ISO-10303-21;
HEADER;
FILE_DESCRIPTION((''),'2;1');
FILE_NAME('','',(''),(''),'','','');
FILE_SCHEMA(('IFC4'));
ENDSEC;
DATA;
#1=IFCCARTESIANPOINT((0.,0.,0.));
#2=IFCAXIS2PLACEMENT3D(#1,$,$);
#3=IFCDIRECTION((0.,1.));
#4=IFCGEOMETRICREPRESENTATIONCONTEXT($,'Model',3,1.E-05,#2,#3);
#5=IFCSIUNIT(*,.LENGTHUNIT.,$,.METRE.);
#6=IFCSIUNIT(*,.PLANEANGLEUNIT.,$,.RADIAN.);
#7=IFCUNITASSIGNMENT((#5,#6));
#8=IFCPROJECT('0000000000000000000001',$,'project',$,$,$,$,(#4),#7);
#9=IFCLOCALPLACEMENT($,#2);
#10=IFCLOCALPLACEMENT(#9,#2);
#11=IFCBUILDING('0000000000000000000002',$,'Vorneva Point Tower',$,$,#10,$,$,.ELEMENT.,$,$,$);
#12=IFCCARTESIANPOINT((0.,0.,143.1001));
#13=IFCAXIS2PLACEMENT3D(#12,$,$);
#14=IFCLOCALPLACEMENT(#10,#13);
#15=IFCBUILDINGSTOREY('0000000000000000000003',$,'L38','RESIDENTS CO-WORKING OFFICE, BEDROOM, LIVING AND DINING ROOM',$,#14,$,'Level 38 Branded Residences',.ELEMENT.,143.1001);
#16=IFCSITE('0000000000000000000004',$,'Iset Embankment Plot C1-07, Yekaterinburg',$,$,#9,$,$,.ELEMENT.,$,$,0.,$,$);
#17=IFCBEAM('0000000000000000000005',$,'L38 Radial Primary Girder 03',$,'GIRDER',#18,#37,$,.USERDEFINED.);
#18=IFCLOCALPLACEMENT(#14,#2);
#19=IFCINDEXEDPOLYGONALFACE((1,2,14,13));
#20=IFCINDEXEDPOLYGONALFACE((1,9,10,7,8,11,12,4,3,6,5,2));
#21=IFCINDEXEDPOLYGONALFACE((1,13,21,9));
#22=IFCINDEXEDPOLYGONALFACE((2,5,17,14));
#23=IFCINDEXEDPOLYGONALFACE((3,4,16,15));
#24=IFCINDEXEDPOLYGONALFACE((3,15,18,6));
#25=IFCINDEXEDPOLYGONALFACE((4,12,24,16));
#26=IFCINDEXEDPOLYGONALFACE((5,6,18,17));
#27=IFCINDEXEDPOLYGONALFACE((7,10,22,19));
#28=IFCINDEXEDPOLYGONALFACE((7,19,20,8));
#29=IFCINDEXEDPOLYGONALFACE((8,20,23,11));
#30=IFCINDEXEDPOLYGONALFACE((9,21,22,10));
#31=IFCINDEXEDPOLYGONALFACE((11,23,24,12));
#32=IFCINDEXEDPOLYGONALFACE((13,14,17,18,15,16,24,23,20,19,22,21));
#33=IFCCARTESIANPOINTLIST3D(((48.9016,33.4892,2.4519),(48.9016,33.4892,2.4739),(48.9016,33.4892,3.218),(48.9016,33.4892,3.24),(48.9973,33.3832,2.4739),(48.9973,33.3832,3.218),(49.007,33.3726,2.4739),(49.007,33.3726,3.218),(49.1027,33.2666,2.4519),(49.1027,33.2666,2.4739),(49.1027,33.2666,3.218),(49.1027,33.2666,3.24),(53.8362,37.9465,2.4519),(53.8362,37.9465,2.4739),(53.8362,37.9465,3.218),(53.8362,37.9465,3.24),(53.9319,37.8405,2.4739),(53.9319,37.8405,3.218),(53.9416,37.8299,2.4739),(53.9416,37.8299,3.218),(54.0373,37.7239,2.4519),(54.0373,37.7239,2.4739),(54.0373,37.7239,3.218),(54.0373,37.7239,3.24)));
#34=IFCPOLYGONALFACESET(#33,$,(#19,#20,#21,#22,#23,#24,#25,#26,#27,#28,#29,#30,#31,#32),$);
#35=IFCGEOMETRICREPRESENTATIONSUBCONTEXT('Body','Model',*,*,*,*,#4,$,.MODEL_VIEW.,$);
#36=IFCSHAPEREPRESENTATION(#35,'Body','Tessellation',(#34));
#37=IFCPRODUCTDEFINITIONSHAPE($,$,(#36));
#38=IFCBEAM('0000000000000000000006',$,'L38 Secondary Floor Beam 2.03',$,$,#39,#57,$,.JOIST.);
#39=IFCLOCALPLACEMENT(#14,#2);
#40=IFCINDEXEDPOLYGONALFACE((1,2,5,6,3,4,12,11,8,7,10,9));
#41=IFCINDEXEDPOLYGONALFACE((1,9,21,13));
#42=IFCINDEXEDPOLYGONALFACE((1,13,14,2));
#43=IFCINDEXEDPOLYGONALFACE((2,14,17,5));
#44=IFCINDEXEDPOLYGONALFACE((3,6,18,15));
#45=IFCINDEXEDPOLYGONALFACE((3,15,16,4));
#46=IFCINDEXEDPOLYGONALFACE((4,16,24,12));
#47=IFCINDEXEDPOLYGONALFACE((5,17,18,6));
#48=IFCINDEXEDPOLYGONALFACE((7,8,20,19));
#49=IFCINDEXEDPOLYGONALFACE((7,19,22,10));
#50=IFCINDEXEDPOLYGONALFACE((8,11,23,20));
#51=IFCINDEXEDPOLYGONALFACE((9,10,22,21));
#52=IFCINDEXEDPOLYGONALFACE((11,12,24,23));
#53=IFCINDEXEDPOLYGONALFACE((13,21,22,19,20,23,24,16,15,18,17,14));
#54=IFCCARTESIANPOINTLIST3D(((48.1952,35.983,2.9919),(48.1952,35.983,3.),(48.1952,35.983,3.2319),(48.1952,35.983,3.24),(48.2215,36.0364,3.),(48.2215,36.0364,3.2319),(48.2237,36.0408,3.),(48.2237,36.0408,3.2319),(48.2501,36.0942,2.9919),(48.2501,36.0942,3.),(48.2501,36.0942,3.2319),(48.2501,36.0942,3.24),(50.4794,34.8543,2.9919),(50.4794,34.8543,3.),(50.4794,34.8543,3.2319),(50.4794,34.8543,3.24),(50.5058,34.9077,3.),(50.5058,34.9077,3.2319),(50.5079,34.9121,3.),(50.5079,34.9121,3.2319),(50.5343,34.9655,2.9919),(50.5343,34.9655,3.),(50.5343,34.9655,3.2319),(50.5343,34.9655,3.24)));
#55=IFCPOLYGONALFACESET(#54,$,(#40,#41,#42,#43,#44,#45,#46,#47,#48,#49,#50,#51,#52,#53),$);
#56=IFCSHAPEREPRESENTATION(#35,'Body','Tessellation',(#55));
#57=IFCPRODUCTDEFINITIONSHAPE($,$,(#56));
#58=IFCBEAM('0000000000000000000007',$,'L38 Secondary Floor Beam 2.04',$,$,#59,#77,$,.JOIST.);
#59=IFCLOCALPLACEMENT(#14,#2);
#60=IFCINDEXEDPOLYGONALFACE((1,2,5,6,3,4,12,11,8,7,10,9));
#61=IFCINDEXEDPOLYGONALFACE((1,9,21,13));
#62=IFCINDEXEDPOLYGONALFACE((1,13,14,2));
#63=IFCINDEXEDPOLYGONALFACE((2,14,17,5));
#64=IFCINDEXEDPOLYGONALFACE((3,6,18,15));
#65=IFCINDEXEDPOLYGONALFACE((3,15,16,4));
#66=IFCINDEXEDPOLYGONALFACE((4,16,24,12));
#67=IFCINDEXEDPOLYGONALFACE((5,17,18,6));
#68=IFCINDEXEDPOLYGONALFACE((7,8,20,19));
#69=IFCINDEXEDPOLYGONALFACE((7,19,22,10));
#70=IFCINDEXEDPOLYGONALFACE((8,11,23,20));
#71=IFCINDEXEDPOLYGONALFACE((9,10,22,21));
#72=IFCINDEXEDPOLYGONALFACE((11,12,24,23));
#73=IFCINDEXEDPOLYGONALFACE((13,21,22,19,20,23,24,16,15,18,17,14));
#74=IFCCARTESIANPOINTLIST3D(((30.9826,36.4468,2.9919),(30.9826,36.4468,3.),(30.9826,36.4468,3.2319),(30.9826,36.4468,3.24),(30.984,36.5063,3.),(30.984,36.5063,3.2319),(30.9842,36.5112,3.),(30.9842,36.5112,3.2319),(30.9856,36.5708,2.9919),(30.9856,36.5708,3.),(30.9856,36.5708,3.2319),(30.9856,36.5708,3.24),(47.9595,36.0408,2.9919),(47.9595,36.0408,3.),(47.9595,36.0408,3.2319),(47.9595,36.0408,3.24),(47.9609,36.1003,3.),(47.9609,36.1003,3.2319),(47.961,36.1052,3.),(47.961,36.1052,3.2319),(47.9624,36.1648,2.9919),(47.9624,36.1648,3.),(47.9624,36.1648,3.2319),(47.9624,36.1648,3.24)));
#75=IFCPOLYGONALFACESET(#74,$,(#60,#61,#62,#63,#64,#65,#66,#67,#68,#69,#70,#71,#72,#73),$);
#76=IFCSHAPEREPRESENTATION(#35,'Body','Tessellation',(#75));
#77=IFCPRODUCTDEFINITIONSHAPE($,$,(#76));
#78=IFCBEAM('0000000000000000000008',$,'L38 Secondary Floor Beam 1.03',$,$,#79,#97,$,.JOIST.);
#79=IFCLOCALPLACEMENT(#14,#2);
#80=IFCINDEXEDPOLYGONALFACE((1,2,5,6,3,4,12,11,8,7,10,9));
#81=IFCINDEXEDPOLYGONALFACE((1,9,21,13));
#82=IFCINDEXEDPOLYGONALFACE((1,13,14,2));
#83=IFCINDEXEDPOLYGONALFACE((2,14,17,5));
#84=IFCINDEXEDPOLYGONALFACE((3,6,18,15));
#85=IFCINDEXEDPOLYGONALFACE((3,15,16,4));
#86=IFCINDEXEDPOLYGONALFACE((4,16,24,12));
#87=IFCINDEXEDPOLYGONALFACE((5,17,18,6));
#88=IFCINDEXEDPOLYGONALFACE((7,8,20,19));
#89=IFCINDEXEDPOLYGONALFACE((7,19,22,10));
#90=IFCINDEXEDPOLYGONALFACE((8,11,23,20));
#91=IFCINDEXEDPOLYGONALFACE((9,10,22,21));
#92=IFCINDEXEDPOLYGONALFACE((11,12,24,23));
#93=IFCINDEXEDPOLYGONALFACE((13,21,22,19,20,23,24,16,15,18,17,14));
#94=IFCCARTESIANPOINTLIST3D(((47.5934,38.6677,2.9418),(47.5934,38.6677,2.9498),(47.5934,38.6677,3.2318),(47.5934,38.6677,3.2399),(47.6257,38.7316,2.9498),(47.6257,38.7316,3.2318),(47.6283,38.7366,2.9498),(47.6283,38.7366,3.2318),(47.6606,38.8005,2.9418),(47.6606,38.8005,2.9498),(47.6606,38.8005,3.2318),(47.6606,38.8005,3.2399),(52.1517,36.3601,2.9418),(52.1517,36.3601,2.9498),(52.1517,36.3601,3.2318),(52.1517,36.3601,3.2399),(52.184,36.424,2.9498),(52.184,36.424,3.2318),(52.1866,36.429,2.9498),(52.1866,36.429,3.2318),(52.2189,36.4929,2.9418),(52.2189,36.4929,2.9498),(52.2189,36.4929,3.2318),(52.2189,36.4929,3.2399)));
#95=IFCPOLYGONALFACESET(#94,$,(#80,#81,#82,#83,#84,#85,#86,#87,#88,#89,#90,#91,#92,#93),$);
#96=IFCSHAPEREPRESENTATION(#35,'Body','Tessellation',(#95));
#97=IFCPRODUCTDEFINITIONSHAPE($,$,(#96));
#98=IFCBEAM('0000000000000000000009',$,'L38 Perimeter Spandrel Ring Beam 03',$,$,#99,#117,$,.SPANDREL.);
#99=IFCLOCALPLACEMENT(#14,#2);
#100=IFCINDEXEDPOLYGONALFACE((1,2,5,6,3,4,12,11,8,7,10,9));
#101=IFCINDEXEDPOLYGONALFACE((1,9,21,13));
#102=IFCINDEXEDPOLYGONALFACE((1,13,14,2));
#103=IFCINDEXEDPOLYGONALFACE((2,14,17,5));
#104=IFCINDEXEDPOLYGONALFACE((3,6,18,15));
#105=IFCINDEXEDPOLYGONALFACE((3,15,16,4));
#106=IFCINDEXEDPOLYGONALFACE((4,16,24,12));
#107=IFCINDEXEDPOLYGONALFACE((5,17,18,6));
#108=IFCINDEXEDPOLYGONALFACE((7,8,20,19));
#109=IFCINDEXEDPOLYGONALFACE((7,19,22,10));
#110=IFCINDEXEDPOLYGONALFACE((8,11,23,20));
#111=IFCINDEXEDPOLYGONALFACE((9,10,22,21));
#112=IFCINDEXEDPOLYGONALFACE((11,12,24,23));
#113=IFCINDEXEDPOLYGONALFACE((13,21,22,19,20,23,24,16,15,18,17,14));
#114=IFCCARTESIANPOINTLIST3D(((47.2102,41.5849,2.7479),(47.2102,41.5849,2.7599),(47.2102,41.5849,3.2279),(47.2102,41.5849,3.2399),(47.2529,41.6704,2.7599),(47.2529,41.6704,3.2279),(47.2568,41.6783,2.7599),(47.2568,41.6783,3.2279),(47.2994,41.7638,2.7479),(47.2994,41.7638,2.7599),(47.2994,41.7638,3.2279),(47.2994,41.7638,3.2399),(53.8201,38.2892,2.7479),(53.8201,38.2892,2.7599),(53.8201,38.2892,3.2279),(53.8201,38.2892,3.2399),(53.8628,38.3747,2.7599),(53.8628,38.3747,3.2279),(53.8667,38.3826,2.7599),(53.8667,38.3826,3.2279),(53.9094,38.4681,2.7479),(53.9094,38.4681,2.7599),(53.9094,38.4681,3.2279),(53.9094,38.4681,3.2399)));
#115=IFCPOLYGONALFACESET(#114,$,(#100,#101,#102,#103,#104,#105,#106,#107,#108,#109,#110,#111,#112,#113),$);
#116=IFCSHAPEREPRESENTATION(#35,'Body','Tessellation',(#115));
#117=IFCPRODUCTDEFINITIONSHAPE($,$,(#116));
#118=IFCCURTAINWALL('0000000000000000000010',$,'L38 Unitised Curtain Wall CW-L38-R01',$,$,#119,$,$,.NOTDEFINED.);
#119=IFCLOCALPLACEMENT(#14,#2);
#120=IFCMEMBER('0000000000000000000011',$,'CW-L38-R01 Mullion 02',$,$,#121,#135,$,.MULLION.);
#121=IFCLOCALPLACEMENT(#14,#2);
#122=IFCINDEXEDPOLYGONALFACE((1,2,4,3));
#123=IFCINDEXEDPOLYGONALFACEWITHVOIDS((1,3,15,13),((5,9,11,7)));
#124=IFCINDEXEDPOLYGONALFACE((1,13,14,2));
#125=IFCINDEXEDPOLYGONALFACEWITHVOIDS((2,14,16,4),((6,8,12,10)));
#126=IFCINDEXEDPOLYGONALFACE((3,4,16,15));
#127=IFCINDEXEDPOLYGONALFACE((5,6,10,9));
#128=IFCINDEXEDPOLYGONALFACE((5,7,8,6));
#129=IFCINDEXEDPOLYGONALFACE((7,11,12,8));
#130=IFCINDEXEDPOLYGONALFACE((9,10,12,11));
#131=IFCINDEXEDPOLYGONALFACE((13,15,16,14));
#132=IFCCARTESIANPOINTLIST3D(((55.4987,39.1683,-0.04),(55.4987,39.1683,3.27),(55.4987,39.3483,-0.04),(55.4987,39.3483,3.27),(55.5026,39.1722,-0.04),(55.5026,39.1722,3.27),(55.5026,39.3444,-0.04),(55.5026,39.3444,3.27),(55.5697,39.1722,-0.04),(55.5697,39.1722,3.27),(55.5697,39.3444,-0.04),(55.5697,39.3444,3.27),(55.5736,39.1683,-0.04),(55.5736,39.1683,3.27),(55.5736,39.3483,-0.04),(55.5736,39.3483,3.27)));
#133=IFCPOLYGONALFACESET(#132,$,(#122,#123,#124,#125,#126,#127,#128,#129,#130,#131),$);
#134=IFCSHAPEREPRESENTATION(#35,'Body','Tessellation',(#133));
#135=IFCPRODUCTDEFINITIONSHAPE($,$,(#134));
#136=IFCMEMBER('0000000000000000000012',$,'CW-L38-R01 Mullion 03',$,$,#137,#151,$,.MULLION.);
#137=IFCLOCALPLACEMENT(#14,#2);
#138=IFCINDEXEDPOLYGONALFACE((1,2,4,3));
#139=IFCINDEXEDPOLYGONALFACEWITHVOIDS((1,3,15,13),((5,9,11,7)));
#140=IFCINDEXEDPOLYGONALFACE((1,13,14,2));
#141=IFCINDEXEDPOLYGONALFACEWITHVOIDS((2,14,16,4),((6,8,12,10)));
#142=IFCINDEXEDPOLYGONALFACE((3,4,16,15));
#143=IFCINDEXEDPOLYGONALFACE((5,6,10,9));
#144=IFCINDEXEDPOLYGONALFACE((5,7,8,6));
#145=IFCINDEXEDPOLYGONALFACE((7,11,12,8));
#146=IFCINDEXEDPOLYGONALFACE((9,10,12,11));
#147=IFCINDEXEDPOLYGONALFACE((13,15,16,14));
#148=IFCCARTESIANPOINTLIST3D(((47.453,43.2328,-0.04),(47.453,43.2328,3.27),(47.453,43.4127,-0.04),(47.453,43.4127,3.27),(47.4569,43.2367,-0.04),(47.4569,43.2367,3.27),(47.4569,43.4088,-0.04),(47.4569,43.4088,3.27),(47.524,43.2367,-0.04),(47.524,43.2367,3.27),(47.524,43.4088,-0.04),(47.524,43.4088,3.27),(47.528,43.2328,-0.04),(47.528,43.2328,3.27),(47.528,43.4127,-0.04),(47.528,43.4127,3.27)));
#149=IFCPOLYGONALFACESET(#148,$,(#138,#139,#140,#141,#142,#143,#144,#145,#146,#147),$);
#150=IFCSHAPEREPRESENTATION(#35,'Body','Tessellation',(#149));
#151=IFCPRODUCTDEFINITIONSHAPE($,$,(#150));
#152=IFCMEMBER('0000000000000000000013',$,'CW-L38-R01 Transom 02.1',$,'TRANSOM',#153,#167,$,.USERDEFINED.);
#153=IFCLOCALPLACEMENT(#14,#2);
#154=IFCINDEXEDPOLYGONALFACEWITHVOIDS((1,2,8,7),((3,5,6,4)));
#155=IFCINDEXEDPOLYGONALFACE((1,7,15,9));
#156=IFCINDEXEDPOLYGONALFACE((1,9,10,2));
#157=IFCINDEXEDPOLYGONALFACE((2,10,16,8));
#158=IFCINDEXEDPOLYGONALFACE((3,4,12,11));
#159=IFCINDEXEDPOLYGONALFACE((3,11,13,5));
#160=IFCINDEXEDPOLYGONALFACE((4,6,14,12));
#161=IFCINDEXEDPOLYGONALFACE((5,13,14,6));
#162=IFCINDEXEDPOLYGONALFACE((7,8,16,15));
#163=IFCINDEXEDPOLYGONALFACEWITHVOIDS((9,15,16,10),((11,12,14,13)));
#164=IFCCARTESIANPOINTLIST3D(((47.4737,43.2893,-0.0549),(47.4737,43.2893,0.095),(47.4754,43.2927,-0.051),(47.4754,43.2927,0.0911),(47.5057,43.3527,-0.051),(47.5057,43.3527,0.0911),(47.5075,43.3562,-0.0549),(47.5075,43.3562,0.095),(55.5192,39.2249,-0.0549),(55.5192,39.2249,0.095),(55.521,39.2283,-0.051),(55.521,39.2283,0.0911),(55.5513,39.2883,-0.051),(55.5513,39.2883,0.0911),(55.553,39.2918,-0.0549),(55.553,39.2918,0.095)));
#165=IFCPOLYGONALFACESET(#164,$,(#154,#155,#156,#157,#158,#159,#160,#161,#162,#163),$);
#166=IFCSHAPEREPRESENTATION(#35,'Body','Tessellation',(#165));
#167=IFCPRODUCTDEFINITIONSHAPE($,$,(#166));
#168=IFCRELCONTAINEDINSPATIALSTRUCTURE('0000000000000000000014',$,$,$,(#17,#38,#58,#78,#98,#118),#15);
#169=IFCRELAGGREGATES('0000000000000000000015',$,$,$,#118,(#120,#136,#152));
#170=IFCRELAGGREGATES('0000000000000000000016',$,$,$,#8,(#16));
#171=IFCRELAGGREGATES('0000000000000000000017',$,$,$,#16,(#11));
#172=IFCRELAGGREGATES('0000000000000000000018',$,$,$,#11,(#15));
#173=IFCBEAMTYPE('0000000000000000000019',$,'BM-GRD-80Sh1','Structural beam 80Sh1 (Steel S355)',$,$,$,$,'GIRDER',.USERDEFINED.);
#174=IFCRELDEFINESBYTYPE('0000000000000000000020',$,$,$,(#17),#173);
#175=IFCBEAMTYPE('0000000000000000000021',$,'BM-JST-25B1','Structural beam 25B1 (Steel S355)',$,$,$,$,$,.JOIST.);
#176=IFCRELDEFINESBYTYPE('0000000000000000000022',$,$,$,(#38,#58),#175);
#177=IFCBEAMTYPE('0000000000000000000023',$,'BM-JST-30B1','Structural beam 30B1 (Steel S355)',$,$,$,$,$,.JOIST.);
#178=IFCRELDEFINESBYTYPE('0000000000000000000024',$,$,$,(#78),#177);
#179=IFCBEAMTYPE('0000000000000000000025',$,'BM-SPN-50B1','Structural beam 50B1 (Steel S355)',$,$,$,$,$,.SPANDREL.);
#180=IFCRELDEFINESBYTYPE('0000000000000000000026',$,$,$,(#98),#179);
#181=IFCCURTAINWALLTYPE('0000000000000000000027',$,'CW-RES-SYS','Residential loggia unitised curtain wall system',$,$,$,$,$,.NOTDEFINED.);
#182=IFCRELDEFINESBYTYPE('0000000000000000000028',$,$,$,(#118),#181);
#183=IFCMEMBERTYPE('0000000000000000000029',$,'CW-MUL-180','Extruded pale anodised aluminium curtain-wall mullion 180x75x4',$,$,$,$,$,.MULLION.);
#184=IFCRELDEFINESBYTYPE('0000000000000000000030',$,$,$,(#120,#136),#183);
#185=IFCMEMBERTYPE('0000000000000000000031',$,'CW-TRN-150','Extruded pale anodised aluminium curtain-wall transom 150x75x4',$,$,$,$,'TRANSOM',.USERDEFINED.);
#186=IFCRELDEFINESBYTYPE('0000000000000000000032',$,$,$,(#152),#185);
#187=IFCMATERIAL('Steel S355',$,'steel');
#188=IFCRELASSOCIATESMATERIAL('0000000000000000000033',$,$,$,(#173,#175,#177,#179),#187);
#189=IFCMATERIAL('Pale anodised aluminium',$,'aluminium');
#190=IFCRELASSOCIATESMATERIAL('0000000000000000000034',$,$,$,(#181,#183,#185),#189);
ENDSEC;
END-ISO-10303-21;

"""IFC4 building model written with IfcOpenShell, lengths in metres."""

from ifc_helpers import new_model, si_unit, direction, frame, origin, origin_2d, place, context, subcontext, project, spatial, hollow_rectangle, i_section, extrude, material, material_profile, profile_set, type_object, element, aggregate, save


model = new_model("IFC4")

# Units and contexts
model_context = context("Model", 3, precision=1e-05, world=origin(), true_north=direction((0.0, 1.0)))
body_context = subcontext(model_context, "Body", "Model", "MODEL_VIEW")
ifc_project = project(units=[si_unit("LENGTHUNIT", "METRE"), si_unit("PLANEANGLEUNIT", "RADIAN")], contexts=[model_context])

# Site, building, storey
site_placement = place(None, origin())
site = spatial("IfcSite", under=ifc_project, at=site_placement, Name="Iset Embankment Plot C1-07, Yekaterinburg", CompositionType="ELEMENT", RefElevation=0.0)
building_placement = place(site_placement, origin())
building = spatial("IfcBuilding", under=site, at=building_placement, Name="Vorneva Point Tower", CompositionType="ELEMENT")
storey_placement = place(building_placement, frame((0.0, 0.0, 143.1001)))
storey = spatial("IfcBuildingStorey", under=building, at=storey_placement, Name="L38", Description="RESIDENTS CO-WORKING OFFICE, BEDROOM, LIVING AND DINING ROOM", LongName="Level 38 Branded Residences", CompositionType="ELEMENT", Elevation=143.1001)

# Beams
ifc_material_1 = material(Name="Steel S355", Category="steel")
ifc_material_profile_1 = material_profile(ifc_material_1, i_section(OverallWidth=0.3, OverallDepth=0.7881, WebThickness=0.0144, FlangeThickness=0.022, at=origin_2d()), Name="80Sh1")
ifc_profile_set_1 = profile_set([ifc_material_profile_1], Name="Steel S355")
beam_type_1 = type_object("IfcBeamType", Name="BM-GRD-80Sh1", Description="Structural beam 80Sh1 (Steel S355)", ElementType="GIRDER", PredefinedType="USERDEFINED", material=ifc_profile_set_1)
beam_1_placement = place(storey_placement, frame((53.9368, 37.8352, 2.8459), z_axis=(-0.742084, -0.670306, 0.0), x_axis=(0.670306, -0.742084, 0.0)))
element("IfcBeam", 1, at=beam_1_placement, inside=storey, type_object=beam_type_1, Name="L38 Radial Primary Girder 03", ObjectType="GIRDER", PredefinedType="USERDEFINED", context=body_context, shape_type="SweptSolid", body=[
    extrude(i_section(OverallWidth=0.3, OverallDepth=0.7881, WebThickness=0.0144, FlangeThickness=0.022, at=origin_2d()), origin(), (0.0, 0.0, 1.0), 6.6497),
])
ifc_material_profile_2 = material_profile(ifc_material_1, i_section(OverallWidth=0.124, OverallDepth=0.248, WebThickness=0.0049, FlangeThickness=0.0081, at=origin_2d()), Name="25B1")
ifc_profile_set_2 = profile_set([ifc_material_profile_2], Name="Steel S355")
beam_type_2 = type_object("IfcBeamType", Name="BM-JST-25B1", Description="Structural beam 25B1 (Steel S355)", PredefinedType="JOIST", material=ifc_profile_set_2)
beam_2_placement = place(storey_placement, frame((50.5068, 34.9099, 3.116), z_axis=(-0.896525, 0.442992, 0.0), x_axis=(-0.442992, -0.896525, 0.0)))
element("IfcBeam", 2, at=beam_2_placement, inside=storey, type_object=beam_type_2, Name="L38 Secondary Floor Beam 2.03", PredefinedType="JOIST", context=body_context, shape_type="SweptSolid", body=[
    extrude(i_section(OverallWidth=0.124, OverallDepth=0.248, WebThickness=0.0049, FlangeThickness=0.0081, at=origin_2d()), origin(), (0.0, 0.0, 1.0), 2.5479),
])
beam_3_placement = place(storey_placement, frame((47.9609, 36.1028, 3.116), z_axis=(-0.999714, 0.023908, 0.0), x_axis=(-0.023908, -0.999714, 0.0)))
element("IfcBeam", 3, at=beam_3_placement, inside=storey, type_object=beam_type_2, Name="L38 Secondary Floor Beam 2.04", PredefinedType="JOIST", context=body_context, shape_type="SweptSolid", body=[
    extrude(i_section(OverallWidth=0.124, OverallDepth=0.248, WebThickness=0.0049, FlangeThickness=0.0081, at=origin_2d()), origin(), (0.0, 0.0, 1.0), 16.9817),
])
ifc_material_profile_3 = material_profile(ifc_material_1, i_section(OverallWidth=0.1489, OverallDepth=0.2981, WebThickness=0.0056, FlangeThickness=0.0081, at=origin_2d()), Name="30B1")
ifc_profile_set_3 = profile_set([ifc_material_profile_3], Name="Steel S355")
beam_type_3 = type_object("IfcBeamType", Name="BM-JST-30B1", Description="Structural beam 30B1 (Steel S355)", PredefinedType="JOIST", material=ifc_profile_set_3)
beam_4_placement = place(storey_placement, frame((52.1853, 36.4265, 3.0908), z_axis=(-0.892189, 0.451662, 0.0), x_axis=(-0.451662, -0.892189, 0.0)))
element("IfcBeam", 4, at=beam_4_placement, inside=storey, type_object=beam_type_3, Name="L38 Secondary Floor Beam 1.03", PredefinedType="JOIST", context=body_context, shape_type="SweptSolid", body=[
    extrude(i_section(OverallWidth=0.1489, OverallDepth=0.2981, WebThickness=0.0056, FlangeThickness=0.0081, at=origin_2d()), origin(), (0.0, 0.0, 1.0), 5.1091),
])
ifc_material_profile_4 = material_profile(ifc_material_1, i_section(OverallWidth=0.2, OverallDepth=0.4919, WebThickness=0.0088, FlangeThickness=0.012, at=origin_2d()), Name="50B1")
ifc_profile_set_4 = profile_set([ifc_material_profile_4], Name="Steel S355")
beam_type_4 = type_object("IfcBeamType", Name="BM-SPN-50B1", Description="Structural beam 50B1 (Steel S355)", PredefinedType="SPANDREL", material=ifc_profile_set_4)
beam_5_placement = place(storey_placement, frame((53.8647, 38.3787, 2.9939), z_axis=(-0.894929, 0.446208, 0.0), x_axis=(-0.446208, -0.894929, 0.0)))
element("IfcBeam", 5, at=beam_5_placement, inside=storey, type_object=beam_type_4, Name="L38 Perimeter Spandrel Ring Beam 03", PredefinedType="SPANDREL", context=body_context, shape_type="SweptSolid", body=[
    extrude(i_section(OverallWidth=0.2, OverallDepth=0.4919, WebThickness=0.0088, FlangeThickness=0.012, at=origin_2d()), origin(), (0.0, 0.0, 1.0), 7.386),
])

# Curtain wall, members
ifc_material_2 = material(Name="Pale anodised aluminium", Category="aluminium")
curtain_wall_type = type_object("IfcCurtainWallType", Name="CW-RES-SYS", Description="Residential loggia unitised curtain wall system", PredefinedType="NOTDEFINED", material=ifc_material_2)
curtain_wall_placement = place(storey_placement, origin())
curtain_wall = element("IfcCurtainWall", 6, at=curtain_wall_placement, inside=storey, type_object=curtain_wall_type, Name="L38 Unitised Curtain Wall CW-L38-R01", PredefinedType="NOTDEFINED")
ifc_material_profile_5 = material_profile(ifc_material_2, hollow_rectangle(XDim=0.075, YDim=0.1799, WallThickness=0.0039, at=origin_2d()), Name="AL-MUL 180x75x4")
ifc_profile_set_5 = profile_set([ifc_material_profile_5], Name="Pale anodised aluminium")
member_type_1 = type_object("IfcMemberType", Name="CW-MUL-180", Description="Extruded pale anodised aluminium curtain-wall mullion 180x75x4", PredefinedType="MULLION", material=ifc_profile_set_5)
member_1_placement = place(storey_placement, frame((55.5361, 39.2583, -0.04), z_axis=(0.0, 0.0, 1.0), x_axis=(1.0, 0.0, 0.0)))
member_1 = element("IfcMember", 7, at=member_1_placement, type_object=member_type_1, Name="CW-L38-R01 Mullion 02", PredefinedType="MULLION", context=body_context, shape_type="SweptSolid", body=[
    extrude(hollow_rectangle(XDim=0.075, YDim=0.1799, WallThickness=0.0039, at=origin_2d()), origin(), (0.0, 0.0, 1.0), 3.3101),
])
member_2_placement = place(storey_placement, frame((47.4905, 43.3228, -0.04), z_axis=(0.0, 0.0, 1.0), x_axis=(1.0, 0.0, 0.0)))
member_2 = element("IfcMember", 8, at=member_2_placement, type_object=member_type_1, Name="CW-L38-R01 Mullion 03", PredefinedType="MULLION", context=body_context, shape_type="SweptSolid", body=[
    extrude(hollow_rectangle(XDim=0.075, YDim=0.1799, WallThickness=0.0039, at=origin_2d()), origin(), (0.0, 0.0, 1.0), 3.3101),
])
ifc_material_profile_6 = material_profile(ifc_material_2, hollow_rectangle(XDim=0.075, YDim=0.1499, WallThickness=0.0039, at=origin_2d()), Name="AL-TRN 150x75x4")
ifc_profile_set_6 = profile_set([ifc_material_profile_6], Name="Pale anodised aluminium")
member_type_2 = type_object("IfcMemberType", Name="CW-TRN-150", Description="Extruded pale anodised aluminium curtain-wall transom 150x75x4", ElementType="TRANSOM", PredefinedType="USERDEFINED", material=ifc_profile_set_6)
member_3_placement = place(storey_placement, frame((55.5361, 39.2583, 0.02), z_axis=(-0.892572, 0.450904, 0.0), x_axis=(-0.450904, -0.892572, 0.0)))
member_3 = element("IfcMember", 9, at=member_3_placement, type_object=member_type_2, Name="CW-L38-R01 Transom 02.1", ObjectType="TRANSOM", PredefinedType="USERDEFINED", context=body_context, shape_type="SweptSolid", body=[
    extrude(hollow_rectangle(XDim=0.075, YDim=0.1499, WallThickness=0.0039, at=origin_2d()), origin(), (0.0, 0.0, 1.0), 9.0139),
])
aggregate(curtain_wall, [member_1, member_2, member_3])

save(model, "model.ifc")
